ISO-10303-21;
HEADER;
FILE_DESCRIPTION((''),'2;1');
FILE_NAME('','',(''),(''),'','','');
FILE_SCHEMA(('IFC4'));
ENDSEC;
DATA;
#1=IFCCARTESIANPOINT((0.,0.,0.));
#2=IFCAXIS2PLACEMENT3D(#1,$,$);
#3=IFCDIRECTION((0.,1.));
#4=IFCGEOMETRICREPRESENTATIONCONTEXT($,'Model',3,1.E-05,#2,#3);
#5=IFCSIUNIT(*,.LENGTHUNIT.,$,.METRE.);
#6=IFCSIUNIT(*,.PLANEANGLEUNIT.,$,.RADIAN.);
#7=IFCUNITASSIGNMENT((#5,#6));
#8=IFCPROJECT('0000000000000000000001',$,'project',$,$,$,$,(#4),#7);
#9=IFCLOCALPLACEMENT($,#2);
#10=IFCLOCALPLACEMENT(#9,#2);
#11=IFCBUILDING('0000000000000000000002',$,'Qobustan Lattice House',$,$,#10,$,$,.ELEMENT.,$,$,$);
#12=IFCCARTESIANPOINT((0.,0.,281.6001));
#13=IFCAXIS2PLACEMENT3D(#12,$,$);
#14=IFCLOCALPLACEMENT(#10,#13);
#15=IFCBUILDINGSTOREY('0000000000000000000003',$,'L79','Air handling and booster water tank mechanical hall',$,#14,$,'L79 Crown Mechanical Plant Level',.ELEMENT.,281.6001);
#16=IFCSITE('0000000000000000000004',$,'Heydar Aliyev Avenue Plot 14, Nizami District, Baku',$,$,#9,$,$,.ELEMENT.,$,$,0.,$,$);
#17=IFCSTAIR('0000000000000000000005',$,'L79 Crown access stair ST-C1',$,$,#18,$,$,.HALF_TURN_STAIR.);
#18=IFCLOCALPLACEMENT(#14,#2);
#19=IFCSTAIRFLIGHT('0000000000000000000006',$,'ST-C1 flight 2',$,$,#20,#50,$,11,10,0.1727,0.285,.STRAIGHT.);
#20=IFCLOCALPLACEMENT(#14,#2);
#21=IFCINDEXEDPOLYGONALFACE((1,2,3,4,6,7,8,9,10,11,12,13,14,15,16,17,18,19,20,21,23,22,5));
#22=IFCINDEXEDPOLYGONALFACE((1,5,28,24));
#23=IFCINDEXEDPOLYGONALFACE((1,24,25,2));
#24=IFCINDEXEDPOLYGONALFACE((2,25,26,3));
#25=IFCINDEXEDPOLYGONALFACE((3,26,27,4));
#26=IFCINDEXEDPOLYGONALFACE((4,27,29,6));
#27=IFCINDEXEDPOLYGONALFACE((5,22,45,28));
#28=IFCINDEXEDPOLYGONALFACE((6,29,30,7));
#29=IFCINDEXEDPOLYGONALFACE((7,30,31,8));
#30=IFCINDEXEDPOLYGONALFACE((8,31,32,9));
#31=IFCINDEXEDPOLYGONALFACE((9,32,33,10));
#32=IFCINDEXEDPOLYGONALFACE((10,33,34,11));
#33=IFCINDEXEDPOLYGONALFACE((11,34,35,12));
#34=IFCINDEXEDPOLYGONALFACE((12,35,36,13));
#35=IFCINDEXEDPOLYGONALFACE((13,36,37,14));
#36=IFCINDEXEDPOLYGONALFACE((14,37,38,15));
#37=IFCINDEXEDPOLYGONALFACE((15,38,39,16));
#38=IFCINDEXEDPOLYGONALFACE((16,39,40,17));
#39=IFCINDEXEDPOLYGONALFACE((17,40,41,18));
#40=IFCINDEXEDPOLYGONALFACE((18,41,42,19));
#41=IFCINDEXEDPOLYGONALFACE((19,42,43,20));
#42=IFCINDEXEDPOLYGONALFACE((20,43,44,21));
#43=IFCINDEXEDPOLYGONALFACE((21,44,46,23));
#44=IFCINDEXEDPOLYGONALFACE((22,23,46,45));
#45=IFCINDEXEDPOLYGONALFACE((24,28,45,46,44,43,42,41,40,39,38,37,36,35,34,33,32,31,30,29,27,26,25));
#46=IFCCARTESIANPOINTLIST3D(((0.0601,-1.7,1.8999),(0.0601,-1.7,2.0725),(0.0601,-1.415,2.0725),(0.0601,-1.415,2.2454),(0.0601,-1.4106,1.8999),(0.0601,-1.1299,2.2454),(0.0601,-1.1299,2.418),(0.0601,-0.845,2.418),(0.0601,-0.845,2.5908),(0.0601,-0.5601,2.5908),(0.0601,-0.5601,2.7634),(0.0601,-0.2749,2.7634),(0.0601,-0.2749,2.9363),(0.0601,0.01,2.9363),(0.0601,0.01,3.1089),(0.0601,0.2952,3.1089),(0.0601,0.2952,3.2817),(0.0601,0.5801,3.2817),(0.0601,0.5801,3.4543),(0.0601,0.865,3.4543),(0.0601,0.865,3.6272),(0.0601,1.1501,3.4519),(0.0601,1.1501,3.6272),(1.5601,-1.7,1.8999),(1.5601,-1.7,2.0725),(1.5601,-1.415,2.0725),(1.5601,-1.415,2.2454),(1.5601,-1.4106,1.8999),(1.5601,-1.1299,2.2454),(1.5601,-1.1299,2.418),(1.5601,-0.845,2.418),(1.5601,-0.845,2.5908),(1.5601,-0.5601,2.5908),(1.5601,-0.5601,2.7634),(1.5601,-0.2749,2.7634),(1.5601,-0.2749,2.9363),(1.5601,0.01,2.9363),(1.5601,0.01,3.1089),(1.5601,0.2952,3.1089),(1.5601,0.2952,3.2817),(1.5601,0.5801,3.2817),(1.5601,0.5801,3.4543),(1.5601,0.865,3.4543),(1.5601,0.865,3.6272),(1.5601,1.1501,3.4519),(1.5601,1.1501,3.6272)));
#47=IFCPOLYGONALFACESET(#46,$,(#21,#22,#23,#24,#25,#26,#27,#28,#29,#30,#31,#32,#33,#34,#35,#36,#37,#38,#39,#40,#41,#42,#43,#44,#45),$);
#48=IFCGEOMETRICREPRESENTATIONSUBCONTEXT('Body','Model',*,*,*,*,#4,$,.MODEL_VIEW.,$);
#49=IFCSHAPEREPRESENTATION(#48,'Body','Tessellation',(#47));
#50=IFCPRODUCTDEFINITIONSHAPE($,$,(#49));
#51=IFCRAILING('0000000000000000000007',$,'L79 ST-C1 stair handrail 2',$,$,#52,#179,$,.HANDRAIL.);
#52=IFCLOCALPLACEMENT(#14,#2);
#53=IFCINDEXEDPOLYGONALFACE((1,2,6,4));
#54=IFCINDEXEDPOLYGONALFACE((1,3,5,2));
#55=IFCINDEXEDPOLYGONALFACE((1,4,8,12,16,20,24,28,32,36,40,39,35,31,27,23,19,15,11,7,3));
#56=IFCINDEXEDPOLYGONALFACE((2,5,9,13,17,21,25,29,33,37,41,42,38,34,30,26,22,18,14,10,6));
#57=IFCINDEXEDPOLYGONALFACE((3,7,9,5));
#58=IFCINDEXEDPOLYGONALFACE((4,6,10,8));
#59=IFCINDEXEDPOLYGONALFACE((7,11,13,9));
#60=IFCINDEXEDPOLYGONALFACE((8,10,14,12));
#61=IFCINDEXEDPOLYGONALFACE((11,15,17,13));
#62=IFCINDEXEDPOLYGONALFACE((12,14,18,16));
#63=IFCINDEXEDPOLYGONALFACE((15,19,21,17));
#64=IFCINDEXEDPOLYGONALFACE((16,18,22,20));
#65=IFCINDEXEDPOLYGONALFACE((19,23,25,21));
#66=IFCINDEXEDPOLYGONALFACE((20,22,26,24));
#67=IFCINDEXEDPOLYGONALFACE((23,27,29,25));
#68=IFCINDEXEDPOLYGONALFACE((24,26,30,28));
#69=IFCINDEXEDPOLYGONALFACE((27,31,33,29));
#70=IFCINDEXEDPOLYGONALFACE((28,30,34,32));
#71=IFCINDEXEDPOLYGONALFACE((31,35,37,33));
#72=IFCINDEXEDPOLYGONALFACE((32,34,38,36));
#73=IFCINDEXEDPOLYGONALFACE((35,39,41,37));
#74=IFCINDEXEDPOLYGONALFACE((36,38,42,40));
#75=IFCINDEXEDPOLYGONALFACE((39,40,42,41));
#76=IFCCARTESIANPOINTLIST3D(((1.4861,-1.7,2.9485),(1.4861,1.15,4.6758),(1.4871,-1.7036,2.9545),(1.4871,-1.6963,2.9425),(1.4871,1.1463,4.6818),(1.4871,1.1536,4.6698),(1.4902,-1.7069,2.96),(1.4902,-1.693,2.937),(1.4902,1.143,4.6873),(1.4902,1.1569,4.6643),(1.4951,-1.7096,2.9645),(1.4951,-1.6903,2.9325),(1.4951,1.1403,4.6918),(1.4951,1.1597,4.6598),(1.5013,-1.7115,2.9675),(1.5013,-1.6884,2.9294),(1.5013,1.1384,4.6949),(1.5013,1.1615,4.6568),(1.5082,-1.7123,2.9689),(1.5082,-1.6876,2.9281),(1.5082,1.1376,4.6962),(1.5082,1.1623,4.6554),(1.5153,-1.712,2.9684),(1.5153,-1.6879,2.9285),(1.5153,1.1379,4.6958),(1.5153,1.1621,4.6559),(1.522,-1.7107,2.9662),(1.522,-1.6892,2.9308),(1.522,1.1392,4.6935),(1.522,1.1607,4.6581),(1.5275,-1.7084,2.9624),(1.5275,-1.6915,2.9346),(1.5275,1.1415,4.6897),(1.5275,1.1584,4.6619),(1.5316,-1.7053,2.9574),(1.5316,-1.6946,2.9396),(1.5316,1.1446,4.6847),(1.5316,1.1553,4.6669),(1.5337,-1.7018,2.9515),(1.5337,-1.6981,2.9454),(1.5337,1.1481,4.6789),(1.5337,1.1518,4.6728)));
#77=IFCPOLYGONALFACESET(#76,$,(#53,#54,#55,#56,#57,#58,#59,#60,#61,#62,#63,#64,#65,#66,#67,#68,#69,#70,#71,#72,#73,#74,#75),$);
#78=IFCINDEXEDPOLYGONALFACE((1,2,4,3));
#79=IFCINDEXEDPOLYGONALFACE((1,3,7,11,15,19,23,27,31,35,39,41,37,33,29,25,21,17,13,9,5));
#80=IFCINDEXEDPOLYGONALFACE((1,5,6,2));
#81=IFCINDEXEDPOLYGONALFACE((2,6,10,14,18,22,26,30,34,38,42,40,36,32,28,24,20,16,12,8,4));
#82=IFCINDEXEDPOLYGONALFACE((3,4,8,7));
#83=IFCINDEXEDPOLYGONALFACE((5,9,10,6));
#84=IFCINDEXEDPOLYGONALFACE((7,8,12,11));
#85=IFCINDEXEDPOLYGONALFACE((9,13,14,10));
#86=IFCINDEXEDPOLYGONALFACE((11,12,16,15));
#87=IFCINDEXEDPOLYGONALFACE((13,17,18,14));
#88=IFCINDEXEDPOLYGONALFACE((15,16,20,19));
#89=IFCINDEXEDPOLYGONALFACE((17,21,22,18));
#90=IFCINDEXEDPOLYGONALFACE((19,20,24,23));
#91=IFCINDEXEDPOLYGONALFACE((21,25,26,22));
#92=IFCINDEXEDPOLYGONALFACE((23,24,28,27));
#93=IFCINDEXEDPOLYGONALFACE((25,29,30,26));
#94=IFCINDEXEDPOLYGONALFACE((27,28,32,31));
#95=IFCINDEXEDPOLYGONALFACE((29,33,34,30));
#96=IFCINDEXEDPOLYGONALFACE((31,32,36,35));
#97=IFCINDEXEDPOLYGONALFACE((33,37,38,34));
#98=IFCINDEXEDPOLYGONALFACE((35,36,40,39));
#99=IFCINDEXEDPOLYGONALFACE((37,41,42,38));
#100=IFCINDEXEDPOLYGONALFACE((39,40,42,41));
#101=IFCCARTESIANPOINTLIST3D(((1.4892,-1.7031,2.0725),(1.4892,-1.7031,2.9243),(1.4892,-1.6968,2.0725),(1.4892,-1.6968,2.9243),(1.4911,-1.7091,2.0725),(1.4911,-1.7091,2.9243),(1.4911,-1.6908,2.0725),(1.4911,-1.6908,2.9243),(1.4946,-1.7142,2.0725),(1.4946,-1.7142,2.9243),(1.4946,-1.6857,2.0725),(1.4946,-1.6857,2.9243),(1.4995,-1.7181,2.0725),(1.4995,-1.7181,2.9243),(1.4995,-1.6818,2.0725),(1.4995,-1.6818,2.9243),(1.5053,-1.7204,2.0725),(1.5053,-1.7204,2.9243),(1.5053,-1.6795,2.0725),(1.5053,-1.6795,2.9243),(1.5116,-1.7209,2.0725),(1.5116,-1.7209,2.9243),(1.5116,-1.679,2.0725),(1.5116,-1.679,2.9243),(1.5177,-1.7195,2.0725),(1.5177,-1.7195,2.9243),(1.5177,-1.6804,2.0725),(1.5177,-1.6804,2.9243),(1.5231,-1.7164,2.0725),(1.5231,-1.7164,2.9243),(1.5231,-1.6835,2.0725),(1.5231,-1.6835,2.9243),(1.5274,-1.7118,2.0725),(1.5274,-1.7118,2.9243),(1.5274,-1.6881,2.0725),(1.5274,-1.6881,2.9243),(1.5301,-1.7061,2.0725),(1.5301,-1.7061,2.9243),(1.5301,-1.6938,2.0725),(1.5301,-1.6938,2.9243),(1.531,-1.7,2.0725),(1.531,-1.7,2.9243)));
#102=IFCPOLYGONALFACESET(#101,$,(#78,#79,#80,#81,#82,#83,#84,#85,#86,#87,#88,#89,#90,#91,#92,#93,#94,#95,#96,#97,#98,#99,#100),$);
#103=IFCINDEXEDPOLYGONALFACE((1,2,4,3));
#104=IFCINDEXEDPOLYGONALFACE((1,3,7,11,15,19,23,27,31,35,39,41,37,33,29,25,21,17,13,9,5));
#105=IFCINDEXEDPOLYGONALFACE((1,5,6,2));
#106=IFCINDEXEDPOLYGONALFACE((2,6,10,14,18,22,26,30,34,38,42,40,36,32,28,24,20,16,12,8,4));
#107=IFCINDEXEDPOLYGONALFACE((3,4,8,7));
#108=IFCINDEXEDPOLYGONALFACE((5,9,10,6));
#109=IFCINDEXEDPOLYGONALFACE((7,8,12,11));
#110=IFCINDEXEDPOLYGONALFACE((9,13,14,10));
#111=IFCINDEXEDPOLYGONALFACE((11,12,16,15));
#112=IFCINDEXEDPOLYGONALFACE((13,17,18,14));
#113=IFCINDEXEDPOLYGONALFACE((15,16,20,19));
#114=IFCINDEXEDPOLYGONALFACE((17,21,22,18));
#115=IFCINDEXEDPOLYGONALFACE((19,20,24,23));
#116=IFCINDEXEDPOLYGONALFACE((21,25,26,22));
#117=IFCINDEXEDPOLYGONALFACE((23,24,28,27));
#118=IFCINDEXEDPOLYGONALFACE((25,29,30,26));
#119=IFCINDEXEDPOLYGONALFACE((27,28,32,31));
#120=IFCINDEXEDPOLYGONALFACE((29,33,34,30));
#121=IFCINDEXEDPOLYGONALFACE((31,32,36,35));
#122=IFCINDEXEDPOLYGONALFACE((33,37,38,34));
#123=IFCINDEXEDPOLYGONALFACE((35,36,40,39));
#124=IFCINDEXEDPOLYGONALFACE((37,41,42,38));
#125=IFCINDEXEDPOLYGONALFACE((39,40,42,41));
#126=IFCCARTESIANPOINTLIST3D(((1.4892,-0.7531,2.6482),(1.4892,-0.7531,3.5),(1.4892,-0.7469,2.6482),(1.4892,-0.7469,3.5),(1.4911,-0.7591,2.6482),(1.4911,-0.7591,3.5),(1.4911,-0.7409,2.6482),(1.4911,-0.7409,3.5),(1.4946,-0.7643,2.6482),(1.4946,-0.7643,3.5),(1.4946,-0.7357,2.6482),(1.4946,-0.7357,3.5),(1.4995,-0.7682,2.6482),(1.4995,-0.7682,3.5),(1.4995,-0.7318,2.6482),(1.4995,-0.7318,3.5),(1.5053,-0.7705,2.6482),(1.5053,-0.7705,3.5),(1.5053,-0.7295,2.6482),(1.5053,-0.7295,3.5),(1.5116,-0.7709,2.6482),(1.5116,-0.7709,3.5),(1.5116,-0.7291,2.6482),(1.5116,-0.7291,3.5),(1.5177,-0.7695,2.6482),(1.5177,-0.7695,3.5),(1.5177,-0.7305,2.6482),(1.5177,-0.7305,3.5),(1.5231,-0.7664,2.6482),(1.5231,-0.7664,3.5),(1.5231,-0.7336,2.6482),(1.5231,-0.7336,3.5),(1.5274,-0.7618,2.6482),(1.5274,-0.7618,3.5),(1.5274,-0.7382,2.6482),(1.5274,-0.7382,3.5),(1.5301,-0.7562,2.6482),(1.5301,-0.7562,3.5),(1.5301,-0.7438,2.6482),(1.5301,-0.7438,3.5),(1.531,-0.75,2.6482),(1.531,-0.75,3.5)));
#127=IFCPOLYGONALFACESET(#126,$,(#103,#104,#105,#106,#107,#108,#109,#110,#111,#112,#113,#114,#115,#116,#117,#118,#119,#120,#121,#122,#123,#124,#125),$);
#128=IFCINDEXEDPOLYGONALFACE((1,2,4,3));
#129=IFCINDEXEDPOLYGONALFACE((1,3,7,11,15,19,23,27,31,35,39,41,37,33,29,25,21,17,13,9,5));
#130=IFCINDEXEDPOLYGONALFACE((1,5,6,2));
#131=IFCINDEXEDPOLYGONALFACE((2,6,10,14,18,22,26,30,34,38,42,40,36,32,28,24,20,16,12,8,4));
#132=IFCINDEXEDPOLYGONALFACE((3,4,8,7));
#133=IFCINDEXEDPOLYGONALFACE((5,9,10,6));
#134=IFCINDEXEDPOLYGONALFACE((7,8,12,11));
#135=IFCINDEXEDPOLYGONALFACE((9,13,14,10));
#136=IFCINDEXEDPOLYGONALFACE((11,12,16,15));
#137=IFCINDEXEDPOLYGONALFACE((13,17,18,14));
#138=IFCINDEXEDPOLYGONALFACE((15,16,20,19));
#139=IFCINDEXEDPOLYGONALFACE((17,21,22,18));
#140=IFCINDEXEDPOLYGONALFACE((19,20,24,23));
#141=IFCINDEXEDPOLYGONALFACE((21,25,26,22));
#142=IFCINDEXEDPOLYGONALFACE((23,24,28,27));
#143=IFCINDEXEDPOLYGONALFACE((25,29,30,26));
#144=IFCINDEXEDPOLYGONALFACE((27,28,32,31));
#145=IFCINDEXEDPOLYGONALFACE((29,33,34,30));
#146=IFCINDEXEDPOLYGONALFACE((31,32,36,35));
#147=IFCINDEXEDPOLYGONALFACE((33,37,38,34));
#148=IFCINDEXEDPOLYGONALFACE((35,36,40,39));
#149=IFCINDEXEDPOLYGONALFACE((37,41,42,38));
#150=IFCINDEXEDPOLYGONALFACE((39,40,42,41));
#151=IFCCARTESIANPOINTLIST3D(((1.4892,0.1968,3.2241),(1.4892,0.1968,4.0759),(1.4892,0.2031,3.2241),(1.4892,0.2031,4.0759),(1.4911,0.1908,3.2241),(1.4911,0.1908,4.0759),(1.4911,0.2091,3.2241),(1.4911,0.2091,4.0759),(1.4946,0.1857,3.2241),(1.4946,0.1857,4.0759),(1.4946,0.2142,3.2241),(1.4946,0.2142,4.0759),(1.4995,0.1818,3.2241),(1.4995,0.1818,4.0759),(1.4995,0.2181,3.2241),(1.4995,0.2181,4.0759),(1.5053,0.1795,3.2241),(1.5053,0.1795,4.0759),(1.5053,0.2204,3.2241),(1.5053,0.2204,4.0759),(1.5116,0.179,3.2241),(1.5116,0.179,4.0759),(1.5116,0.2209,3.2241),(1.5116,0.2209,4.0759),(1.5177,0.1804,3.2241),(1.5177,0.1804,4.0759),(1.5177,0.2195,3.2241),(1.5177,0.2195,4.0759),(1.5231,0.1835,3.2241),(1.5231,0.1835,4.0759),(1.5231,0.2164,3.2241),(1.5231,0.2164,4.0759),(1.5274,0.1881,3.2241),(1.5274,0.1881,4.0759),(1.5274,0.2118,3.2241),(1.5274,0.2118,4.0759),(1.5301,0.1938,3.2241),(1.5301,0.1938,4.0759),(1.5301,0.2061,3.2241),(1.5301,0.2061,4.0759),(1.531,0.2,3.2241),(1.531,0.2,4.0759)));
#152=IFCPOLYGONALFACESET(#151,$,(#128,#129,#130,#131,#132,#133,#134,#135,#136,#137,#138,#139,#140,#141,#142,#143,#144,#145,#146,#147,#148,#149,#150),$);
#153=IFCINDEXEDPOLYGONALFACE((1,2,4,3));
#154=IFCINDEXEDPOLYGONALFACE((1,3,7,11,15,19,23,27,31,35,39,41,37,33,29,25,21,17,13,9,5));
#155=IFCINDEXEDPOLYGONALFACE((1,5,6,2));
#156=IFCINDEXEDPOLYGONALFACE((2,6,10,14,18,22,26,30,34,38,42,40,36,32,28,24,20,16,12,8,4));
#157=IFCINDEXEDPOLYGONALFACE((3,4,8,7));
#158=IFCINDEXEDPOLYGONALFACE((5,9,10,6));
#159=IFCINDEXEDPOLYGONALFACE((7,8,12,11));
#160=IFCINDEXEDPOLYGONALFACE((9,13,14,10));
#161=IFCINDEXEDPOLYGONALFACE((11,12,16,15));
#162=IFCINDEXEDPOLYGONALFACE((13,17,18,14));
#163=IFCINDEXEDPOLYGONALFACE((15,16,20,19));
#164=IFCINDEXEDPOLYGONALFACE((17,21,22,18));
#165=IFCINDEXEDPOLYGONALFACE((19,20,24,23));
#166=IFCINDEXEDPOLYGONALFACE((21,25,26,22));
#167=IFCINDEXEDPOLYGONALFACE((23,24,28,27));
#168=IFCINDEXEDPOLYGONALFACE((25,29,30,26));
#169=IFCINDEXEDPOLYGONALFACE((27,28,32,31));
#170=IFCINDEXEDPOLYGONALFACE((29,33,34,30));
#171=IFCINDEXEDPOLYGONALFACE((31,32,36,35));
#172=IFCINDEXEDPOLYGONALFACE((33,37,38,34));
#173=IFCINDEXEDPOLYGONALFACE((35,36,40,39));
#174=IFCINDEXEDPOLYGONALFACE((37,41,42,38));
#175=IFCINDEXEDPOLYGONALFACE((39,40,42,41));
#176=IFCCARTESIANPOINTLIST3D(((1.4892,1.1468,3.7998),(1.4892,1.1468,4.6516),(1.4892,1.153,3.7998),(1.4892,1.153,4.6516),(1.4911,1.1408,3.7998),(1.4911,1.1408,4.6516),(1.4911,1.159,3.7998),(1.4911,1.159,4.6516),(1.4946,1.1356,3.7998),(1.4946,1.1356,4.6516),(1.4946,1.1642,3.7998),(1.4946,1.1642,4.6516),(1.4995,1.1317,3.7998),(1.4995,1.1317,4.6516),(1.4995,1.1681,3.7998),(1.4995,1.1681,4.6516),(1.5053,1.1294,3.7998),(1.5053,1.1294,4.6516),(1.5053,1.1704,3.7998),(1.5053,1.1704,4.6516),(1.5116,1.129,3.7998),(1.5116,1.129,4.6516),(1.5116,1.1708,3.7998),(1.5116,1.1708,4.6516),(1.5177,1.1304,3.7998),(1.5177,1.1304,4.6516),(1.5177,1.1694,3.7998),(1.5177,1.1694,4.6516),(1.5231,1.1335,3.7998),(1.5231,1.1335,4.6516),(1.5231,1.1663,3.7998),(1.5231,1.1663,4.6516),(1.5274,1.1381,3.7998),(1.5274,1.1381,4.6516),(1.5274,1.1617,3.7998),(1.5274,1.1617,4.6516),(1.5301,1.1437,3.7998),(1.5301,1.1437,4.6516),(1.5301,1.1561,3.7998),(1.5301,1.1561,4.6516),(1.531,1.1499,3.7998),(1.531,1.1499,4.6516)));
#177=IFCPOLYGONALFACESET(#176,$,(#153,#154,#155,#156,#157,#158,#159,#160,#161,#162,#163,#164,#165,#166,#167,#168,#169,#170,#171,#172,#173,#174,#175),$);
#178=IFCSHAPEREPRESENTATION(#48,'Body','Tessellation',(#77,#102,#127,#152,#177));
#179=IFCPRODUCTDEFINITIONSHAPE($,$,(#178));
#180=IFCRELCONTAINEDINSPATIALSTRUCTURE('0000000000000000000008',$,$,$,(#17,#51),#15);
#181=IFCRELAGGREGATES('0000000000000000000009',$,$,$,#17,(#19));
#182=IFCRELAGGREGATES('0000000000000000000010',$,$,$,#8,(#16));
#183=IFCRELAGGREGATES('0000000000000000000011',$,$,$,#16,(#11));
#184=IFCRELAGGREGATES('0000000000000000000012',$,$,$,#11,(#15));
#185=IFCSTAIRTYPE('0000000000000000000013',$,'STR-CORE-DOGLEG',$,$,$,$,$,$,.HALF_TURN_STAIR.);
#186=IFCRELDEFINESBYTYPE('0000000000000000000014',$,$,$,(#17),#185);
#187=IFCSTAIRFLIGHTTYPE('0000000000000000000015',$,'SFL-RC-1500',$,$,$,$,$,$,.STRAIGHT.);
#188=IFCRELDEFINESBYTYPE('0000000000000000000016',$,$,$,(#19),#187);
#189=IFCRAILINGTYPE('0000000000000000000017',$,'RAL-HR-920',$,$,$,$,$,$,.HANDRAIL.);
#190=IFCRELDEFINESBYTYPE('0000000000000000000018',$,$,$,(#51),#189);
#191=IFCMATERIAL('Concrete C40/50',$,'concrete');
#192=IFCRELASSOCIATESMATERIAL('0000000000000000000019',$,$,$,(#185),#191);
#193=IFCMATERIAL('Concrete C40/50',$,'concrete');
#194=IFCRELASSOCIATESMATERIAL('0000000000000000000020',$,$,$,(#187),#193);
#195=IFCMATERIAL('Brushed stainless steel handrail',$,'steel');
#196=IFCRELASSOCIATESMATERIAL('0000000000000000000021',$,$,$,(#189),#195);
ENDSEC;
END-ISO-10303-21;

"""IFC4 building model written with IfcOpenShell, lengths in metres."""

from ifc_helpers import new_model, si_unit, direction, frame, origin, origin_2d, place, context, subcontext, project, spatial, polyline, circle, outline, extrude, material, type_object, element, aggregate, save


model = new_model("IFC4")

# Units and contexts
model_context = context("Model", 3, precision=1e-05, world=origin(), true_north=direction((0.0, 1.0)))
body_context = subcontext(model_context, "Body", "Model", "MODEL_VIEW")
ifc_project = project(units=[si_unit("LENGTHUNIT", "METRE"), si_unit("PLANEANGLEUNIT", "RADIAN")], contexts=[model_context])

# Site, building, storey
site_placement = place(None, origin())
site = spatial("IfcSite", under=ifc_project, at=site_placement, Name="Heydar Aliyev Avenue Plot 14, Nizami District, Baku", CompositionType="ELEMENT", RefElevation=0.0)
building_placement = place(site_placement, origin())
building = spatial("IfcBuilding", under=site, at=building_placement, Name="Qobustan Lattice House", CompositionType="ELEMENT")
storey_placement = place(building_placement, frame((0.0, 0.0, 281.6001)))
storey = spatial("IfcBuildingStorey", under=building, at=storey_placement, Name="L79", Description="Air handling and booster water tank mechanical hall", LongName="L79 Crown Mechanical Plant Level", CompositionType="ELEMENT", Elevation=281.6001)

# Stair, stair flight
ifc_material_1 = material(Name="Concrete C40/50", Category="concrete")
stair_type = type_object("IfcStairType", Name="STR-CORE-DOGLEG", PredefinedType="HALF_TURN_STAIR", material=ifc_material_1)
stair_placement = place(storey_placement, origin())
stair = element("IfcStair", 1, at=stair_placement, inside=storey, type_object=stair_type, Name="L79 Crown access stair ST-C1", PredefinedType="HALF_TURN_STAIR")
ifc_material_2 = material(Name="Concrete C40/50", Category="concrete")
stair_flight_type = type_object("IfcStairFlightType", Name="SFL-RC-1500", PredefinedType="STRAIGHT", material=ifc_material_2)
stair_flight_placement = place(storey_placement, frame((0.8101, -1.7, 1.8999), z_axis=(0.0, 0.0, 1.0), x_axis=(0.0, 1.0, 0.0)))
stair_flight = element("IfcStairFlight", 2, at=stair_flight_placement, type_object=stair_flight_type, Name="ST-C1 flight 2", NumberOfRisers=11, NumberOfTreads=10, PredefinedType="STRAIGHT", RiserHeight=0.1727, TreadLength=0.285, context=body_context, shape_type="SweptSolid", body=[
    extrude(outline(polyline([(0.0, 0.0), (0.0, 0.1726), (0.2849, 0.1726), (0.2849, 0.3455), (0.5701, 0.3455), (0.5701, 0.5181), (0.855, 0.5181), (0.855, 0.6909), (1.1399, 0.6909), (1.1399, 0.8635), (1.425, 0.8635), (1.425, 1.0364), (1.71, 1.0364), (1.71, 1.209), (1.9951, 1.209), (1.9951, 1.3818), (2.28, 1.3818), (2.28, 1.5544), (2.5649, 1.5544), (2.5649, 1.7273), (2.8501, 1.7273), (2.8501, 1.8999), (2.8501, 1.552), (0.2893, 0.0), (0.0, 0.0)])), frame((0.0, 0.75, 0.0), z_axis=(0.0, -1.0, 0.0), x_axis=(1.0, 0.0, 0.0)), (0.0, 0.0, 1.0), 1.5),
])
aggregate(stair, [stair_flight])

# Railing
ifc_material_3 = material(Name="Brushed stainless steel handrail", Category="steel")
railing_type_1 = type_object("IfcRailingType", Name="RAL-HR-920", PredefinedType="HANDRAIL", material=ifc_material_3)
railing_1_placement = place(storey_placement, frame((1.51, -1.7, 2.0725)))
element("IfcRailing", 3, at=railing_1_placement, inside=storey, type_object=railing_type_1, Name="L79 ST-C1 stair handrail 2", PredefinedType="HANDRAIL", context=body_context, shape_type="SweptSolid", body=[
    extrude(circle(Radius=0.0239, at=origin_2d()), frame((0.0, 0.0, 0.876), z_axis=(0.0, 0.855183, 0.518326), x_axis=(-1.0, 0.0, 0.0)), (0.0, 0.0, 1.0), 3.3325),
    extrude(circle(Radius=0.021, at=origin_2d()), origin(), (0.0, 0.0, 1.0), 0.8518),
    extrude(circle(Radius=0.021, at=origin_2d()), frame((0.0, 0.95, 0.5757)), (0.0, 0.0, 1.0), 0.8518),
    extrude(circle(Radius=0.021, at=origin_2d()), frame((0.0, 1.8999, 1.1516)), (0.0, 0.0, 1.0), 0.8518),
    extrude(circle(Radius=0.021, at=origin_2d()), frame((0.0, 2.8499, 1.7273)), (0.0, 0.0, 1.0), 0.8518),
])

save(model, "model.ifc")
